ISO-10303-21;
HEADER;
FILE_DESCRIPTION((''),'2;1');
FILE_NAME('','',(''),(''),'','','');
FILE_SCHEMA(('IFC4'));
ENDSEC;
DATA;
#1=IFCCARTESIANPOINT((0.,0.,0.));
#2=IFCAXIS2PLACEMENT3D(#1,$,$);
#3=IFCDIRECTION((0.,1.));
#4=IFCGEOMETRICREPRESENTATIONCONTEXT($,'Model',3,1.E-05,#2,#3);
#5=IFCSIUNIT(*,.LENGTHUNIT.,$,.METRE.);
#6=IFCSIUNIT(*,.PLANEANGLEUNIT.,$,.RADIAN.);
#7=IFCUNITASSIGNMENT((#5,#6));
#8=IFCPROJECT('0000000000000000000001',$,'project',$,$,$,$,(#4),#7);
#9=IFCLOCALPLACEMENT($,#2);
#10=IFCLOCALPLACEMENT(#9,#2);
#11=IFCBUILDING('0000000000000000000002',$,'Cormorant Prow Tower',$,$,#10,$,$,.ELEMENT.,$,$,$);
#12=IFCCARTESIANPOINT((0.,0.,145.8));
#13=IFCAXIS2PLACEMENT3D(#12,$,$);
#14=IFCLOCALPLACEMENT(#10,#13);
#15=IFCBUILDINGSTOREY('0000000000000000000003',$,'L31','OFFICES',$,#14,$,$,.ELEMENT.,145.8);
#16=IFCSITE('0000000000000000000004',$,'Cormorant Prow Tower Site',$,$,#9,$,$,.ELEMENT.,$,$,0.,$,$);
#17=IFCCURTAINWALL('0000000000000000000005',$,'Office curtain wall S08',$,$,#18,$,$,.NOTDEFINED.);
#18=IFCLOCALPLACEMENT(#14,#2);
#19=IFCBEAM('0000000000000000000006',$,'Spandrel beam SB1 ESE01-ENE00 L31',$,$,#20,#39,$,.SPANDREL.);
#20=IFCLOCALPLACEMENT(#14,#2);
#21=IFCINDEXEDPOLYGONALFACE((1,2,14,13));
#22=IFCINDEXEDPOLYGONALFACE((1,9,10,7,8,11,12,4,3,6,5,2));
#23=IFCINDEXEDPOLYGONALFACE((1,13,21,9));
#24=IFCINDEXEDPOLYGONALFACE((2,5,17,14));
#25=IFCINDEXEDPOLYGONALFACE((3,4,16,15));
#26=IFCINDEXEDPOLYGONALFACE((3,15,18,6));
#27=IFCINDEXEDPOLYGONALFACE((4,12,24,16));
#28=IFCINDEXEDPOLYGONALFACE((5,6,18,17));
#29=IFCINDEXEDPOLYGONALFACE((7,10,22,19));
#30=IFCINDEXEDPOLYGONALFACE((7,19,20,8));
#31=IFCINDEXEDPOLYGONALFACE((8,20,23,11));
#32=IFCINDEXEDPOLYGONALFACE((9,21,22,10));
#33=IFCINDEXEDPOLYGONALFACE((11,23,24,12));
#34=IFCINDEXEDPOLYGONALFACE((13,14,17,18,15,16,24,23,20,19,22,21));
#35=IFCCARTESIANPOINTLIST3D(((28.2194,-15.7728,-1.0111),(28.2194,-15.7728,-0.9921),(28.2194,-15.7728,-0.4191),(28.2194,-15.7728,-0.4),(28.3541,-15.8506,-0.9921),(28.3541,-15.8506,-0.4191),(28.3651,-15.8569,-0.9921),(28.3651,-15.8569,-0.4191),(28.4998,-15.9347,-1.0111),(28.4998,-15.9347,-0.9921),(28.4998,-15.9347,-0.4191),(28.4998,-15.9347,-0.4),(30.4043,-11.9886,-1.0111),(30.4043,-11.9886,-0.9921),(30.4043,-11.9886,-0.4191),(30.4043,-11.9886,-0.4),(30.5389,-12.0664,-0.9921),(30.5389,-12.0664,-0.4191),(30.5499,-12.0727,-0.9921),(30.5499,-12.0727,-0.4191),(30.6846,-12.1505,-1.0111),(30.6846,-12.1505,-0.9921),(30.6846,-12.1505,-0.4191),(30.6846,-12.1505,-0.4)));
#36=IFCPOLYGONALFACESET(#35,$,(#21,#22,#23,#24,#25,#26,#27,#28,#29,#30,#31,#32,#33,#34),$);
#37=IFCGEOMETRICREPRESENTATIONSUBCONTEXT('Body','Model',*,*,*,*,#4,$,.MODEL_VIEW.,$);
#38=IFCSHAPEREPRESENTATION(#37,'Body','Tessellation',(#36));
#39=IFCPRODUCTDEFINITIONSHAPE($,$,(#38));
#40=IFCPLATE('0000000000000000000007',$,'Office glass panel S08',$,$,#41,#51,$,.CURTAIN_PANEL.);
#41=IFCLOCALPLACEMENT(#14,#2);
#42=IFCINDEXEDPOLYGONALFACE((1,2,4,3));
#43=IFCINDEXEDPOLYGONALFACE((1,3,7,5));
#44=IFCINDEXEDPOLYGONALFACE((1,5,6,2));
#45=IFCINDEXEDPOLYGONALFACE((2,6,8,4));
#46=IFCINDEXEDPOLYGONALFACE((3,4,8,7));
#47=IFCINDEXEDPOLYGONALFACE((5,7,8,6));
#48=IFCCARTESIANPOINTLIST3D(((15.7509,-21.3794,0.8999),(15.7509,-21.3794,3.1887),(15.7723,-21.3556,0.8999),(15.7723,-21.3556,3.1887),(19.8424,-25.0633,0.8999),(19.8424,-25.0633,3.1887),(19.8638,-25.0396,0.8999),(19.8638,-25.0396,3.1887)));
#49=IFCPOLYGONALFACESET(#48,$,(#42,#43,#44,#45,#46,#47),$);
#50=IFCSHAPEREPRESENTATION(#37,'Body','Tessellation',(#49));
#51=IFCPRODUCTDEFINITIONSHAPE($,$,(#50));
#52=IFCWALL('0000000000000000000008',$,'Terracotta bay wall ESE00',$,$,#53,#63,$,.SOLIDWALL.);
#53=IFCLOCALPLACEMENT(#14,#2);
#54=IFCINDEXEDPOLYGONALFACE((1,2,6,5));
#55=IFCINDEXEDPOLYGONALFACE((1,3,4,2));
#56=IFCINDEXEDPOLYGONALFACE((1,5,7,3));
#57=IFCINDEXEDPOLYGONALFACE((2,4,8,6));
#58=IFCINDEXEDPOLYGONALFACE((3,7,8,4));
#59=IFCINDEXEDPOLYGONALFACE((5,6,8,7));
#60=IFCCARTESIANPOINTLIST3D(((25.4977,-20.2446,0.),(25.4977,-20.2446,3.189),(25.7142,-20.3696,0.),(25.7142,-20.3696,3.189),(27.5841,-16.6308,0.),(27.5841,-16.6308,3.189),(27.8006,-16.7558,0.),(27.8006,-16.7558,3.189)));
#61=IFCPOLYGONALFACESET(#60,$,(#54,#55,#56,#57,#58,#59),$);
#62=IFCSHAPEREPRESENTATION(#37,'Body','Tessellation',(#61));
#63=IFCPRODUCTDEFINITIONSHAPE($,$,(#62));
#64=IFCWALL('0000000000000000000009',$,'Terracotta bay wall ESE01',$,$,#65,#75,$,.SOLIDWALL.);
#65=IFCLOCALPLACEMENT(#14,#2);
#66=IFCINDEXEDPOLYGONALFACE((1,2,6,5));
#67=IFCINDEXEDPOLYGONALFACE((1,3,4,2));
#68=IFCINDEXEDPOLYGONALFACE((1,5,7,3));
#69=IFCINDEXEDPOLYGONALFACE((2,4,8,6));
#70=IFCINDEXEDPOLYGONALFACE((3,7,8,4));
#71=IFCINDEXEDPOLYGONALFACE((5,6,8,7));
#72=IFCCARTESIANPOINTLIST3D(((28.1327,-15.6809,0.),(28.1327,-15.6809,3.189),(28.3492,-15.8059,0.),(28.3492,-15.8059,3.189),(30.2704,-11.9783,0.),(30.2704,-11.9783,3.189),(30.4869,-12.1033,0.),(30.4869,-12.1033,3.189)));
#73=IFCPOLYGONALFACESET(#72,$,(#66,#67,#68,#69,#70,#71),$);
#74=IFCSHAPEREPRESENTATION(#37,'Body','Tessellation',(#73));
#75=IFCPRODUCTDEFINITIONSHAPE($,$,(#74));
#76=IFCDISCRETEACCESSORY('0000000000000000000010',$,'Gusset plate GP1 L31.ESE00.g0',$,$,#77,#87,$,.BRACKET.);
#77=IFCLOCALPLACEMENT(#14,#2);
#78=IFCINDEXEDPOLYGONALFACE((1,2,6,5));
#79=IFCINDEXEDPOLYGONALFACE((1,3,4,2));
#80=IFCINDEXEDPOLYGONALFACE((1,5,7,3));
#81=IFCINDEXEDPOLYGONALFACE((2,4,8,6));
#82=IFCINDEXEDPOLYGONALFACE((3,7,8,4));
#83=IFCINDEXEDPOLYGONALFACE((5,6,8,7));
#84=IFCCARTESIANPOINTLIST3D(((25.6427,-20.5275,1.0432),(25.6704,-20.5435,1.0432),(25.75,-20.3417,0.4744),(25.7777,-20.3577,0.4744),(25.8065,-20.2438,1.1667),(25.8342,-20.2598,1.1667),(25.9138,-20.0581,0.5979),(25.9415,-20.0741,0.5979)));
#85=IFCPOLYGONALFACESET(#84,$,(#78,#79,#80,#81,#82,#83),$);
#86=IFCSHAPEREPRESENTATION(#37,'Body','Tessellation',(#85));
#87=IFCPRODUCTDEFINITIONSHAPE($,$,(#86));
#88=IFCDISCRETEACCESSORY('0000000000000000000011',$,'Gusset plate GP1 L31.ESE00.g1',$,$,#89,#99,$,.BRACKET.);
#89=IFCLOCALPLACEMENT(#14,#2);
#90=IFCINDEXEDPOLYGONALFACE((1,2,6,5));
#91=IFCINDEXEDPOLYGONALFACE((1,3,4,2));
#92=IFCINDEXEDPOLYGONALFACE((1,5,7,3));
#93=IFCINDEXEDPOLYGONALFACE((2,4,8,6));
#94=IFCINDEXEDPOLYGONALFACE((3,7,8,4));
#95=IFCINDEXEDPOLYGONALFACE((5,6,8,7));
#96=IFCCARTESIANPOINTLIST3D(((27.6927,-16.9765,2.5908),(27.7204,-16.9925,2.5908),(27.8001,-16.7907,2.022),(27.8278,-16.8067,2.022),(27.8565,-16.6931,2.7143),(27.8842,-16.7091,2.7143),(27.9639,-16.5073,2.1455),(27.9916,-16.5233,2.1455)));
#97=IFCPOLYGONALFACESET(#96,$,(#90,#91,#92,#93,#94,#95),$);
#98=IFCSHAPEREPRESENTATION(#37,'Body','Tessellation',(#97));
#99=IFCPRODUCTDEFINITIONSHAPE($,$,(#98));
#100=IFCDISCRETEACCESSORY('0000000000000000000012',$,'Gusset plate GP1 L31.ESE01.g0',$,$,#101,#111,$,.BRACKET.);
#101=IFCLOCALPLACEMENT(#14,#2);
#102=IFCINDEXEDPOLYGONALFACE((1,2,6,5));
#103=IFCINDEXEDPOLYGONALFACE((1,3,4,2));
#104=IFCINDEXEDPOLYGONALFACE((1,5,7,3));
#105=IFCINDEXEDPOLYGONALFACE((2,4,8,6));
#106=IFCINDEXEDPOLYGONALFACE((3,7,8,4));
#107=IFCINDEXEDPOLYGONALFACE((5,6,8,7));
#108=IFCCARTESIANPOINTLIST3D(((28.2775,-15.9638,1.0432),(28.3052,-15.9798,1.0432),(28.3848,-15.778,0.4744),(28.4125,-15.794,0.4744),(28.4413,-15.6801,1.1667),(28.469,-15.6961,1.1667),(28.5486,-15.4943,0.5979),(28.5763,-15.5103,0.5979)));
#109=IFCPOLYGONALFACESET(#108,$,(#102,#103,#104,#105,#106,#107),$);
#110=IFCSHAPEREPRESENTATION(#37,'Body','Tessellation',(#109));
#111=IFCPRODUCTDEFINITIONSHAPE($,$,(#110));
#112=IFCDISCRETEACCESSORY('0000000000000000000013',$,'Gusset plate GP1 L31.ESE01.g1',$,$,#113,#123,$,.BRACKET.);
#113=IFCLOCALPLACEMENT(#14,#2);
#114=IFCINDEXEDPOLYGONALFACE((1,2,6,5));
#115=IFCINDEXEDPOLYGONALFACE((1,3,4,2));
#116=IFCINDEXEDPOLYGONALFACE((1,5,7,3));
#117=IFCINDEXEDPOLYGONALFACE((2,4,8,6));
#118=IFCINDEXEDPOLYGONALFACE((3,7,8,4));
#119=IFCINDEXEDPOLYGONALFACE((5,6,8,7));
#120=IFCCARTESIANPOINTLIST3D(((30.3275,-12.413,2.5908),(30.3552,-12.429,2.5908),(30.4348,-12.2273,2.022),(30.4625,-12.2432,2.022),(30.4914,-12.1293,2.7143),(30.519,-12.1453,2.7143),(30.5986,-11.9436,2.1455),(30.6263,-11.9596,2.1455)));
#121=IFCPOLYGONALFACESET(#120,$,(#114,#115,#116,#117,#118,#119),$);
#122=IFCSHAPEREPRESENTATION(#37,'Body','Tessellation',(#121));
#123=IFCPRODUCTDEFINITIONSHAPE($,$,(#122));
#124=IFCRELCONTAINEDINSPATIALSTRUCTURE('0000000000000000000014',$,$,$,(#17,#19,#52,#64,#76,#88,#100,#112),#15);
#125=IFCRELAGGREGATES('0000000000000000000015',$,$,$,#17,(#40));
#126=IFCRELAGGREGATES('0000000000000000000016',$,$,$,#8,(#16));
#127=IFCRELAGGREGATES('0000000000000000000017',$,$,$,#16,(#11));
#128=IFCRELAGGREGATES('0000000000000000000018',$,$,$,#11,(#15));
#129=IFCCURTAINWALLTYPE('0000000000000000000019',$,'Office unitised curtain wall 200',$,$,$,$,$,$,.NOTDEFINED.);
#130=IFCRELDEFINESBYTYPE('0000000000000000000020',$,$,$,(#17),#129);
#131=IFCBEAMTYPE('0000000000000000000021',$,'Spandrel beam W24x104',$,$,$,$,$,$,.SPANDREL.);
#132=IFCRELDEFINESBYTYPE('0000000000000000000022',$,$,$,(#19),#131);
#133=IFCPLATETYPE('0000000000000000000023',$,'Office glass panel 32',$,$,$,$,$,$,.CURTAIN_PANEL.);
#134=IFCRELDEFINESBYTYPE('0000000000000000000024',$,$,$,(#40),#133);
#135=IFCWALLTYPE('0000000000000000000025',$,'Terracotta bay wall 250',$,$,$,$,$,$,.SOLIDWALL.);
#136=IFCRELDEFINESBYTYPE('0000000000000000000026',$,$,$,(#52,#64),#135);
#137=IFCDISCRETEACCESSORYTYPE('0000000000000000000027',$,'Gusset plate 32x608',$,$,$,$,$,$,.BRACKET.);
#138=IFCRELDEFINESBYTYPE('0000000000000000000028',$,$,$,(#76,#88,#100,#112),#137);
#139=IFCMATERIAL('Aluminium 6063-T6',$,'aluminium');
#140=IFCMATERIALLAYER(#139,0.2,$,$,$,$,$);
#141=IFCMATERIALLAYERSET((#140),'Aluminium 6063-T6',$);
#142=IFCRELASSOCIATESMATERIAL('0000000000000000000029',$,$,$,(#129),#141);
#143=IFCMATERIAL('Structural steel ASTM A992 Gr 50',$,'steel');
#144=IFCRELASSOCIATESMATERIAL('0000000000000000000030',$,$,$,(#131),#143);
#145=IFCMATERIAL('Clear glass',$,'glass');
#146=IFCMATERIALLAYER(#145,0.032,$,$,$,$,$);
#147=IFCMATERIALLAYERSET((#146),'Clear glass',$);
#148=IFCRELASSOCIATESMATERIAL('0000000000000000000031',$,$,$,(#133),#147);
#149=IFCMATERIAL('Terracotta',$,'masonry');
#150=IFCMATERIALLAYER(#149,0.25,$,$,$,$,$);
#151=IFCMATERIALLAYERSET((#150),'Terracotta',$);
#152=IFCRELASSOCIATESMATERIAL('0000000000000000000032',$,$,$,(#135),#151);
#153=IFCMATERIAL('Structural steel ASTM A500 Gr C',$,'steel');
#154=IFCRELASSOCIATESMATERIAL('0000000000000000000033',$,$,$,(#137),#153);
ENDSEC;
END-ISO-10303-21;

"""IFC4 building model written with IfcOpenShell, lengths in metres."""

from ifc_helpers import new_model, si_unit, direction, frame, frame_2d, origin, origin_2d, place, context, subcontext, project, spatial, rectangle, i_section, extrude, material, layer, layer_set, material_profile, profile_set, type_object, element, aggregate, save


model = new_model("IFC4")

# Units and contexts
model_context = context("Model", 3, precision=1e-05, world=origin(), true_north=direction((0.0, 1.0)))
body_context = subcontext(model_context, "Body", "Model", "MODEL_VIEW")
ifc_project = project(units=[si_unit("LENGTHUNIT", "METRE"), si_unit("PLANEANGLEUNIT", "RADIAN")], contexts=[model_context])

# Site, building, storey
site_placement = place(None, origin())
site = spatial("IfcSite", under=ifc_project, at=site_placement, Name="Cormorant Prow Tower Site", CompositionType="ELEMENT", RefElevation=0.0)
building_placement = place(site_placement, origin())
building = spatial("IfcBuilding", under=site, at=building_placement, Name="Cormorant Prow Tower", CompositionType="ELEMENT")
storey_placement = place(building_placement, frame((0.0, 0.0, 145.8)))
storey = spatial("IfcBuildingStorey", under=building, at=storey_placement, Name="L31", Description="OFFICES", CompositionType="ELEMENT", Elevation=145.8)

# Curtain wall
ifc_material_1 = material(Name="Aluminium 6063-T6", Category="aluminium")
ifc_layer_1 = layer(ifc_material_1, 0.2)
ifc_layer_set_1 = layer_set([ifc_layer_1], Name="Aluminium 6063-T6")
curtain_wall_type = type_object("IfcCurtainWallType", Name="Office unitised curtain wall 200", PredefinedType="NOTDEFINED", material=ifc_layer_set_1)
curtain_wall_placement = place(storey_placement, origin())
curtain_wall = element("IfcCurtainWall", 1, at=curtain_wall_placement, inside=storey, type_object=curtain_wall_type, Name="Office curtain wall S08", PredefinedType="NOTDEFINED")

# Beam
ifc_material_2 = material(Name="Structural steel ASTM A992 Gr 50", Category="steel")
ifc_material_profile_1 = material_profile(ifc_material_2, i_section(OverallWidth=0.3237, OverallDepth=0.6111, WebThickness=0.0127, FlangeThickness=0.019, at=origin_2d()), Name="W24x104")
ifc_profile_set_1 = profile_set([ifc_material_profile_1], Name="Structural steel ASTM A992 Gr 50")
beam_type = type_object("IfcBeamType", Name="Spandrel beam W24x104", PredefinedType="SPANDREL", material=ifc_profile_set_1)
for number, where, z_axis, x_axis, name in (
    (2, (28.3596, -15.8538, -0.7056), (0.500003, 0.866024, 0.0), (-0.866024, 0.500003, 0.0), "Spandrel beam SB1 ESE01-ENE00 L31"),
):
    element("IfcBeam", number, at=place(storey_placement, frame(where, z_axis=z_axis, x_axis=x_axis)), inside=storey, type_object=beam_type, Name=name, PredefinedType="SPANDREL", context=body_context, shape_type="SweptSolid", body=[
        extrude(i_section(OverallWidth=0.3237, OverallDepth=0.6111, WebThickness=0.0127, FlangeThickness=0.019, at=origin_2d()), origin(), (0.0, 0.0, 1.0), 4.3696),
    ])

# Plate
ifc_material_3 = material(Name="Clear glass", Category="glass")
ifc_layer_2 = layer(ifc_material_3, 0.032)
ifc_layer_set_2 = layer_set([ifc_layer_2], Name="Clear glass")
plate_type = type_object("IfcPlateType", Name="Office glass panel 32", PredefinedType="CURTAIN_PANEL", material=ifc_layer_set_2)
plate_placement = place(storey_placement, frame((17.8074, -23.2095, 0.8999), z_axis=(0.0, 0.0, 1.0), x_axis=(0.743145, -0.669131, 0.0)))
plate = element("IfcPlate", 3, at=plate_placement, type_object=plate_type, Name="Office glass panel S08", PredefinedType="CURTAIN_PANEL", context=body_context, shape_type="SweptSolid", body=[
    extrude(rectangle(XDim=5.5056, YDim=0.032, at=origin_2d()), origin(), (0.0, 0.0, 1.0), 2.2888),
])
aggregate(curtain_wall, [plate])

# Walls
ifc_material_4 = material(Name="Terracotta", Category="masonry")
ifc_layer_3 = layer(ifc_material_4, 0.25)
ifc_layer_set_3 = layer_set([ifc_layer_3], Name="Terracotta")
wall_type_1 = type_object("IfcWallType", Name="Terracotta bay wall 250", PredefinedType="SOLIDWALL", material=ifc_layer_set_3)
wall_1_placement = place(storey_placement, frame((25.606, -20.3071, 0.0), z_axis=(0.0, 0.0, 1.0), x_axis=(0.500003, 0.866024, 0.0)))
element("IfcWall", 4, at=wall_1_placement, inside=storey, type_object=wall_type_1, Name="Terracotta bay wall ESE00", PredefinedType="SOLIDWALL", context=body_context, shape_type="SweptSolid", body=[
    extrude(rectangle(XDim=4.1729, YDim=0.25, at=frame_2d((2.0864, 0.0))), origin(), (0.0, 0.0, 1.0), 3.189),
])
wall_2_placement = place(storey_placement, frame((28.241, -15.7434, 0.0), z_axis=(0.0, 0.0, 1.0), x_axis=(0.499996, 0.866028, 0.0)))
element("IfcWall", 5, at=wall_2_placement, inside=storey, type_object=wall_type_1, Name="Terracotta bay wall ESE01", PredefinedType="SOLIDWALL", context=body_context, shape_type="SweptSolid", body=[
    extrude(rectangle(XDim=4.2754, YDim=0.25, at=frame_2d((2.1377, 0.0))), origin(), (0.0, 0.0, 1.0), 3.189),
])

# Discrete accessories
ifc_material_5 = material(Name="Structural steel ASTM A500 Gr C", Category="steel")
ifc_material_profile_2 = material_profile(ifc_material_5, rectangle(XDim=0.032, YDim=0.6079, at=origin_2d()), Name="Gusset plate 32x608")
ifc_profile_set_2 = profile_set([ifc_material_profile_2], Name="Structural steel ASTM A500 Gr C")
discrete_accessory_type = type_object("IfcDiscreteAccessoryType", Name="Gusset plate 32x608", PredefinedType="BRACKET", material=ifc_profile_set_2)
discrete_accessory_1_placement = place(storey_placement, frame((25.874, -20.1589, 0.8823), z_axis=(-0.467903, -0.810288, -0.352845), x_axis=(0.865987, -0.500067, 0.0)))
element("IfcDiscreteAccessory", 6, at=discrete_accessory_1_placement, inside=storey, type_object=discrete_accessory_type, Name="Gusset plate GP1 L31.ESE00.g0", PredefinedType="BRACKET", context=body_context, shape_type="SweptSolid", body=[
    extrude(rectangle(XDim=0.032, YDim=0.6079, at=origin_2d()), origin(), (0.0, 0.0, 1.0), 0.3501),
])
discrete_accessory_2_placement = place(storey_placement, frame((27.7603, -16.8916, 2.3064), z_axis=(0.468168, 0.810049, 0.353044), x_axis=(-0.8658, 0.500389, 0.0)))
element("IfcDiscreteAccessory", 7, at=discrete_accessory_2_placement, inside=storey, type_object=discrete_accessory_type, Name="Gusset plate GP1 L31.ESE00.g1", PredefinedType="BRACKET", context=body_context, shape_type="SweptSolid", body=[
    extrude(rectangle(XDim=0.032, YDim=0.6079, at=origin_2d()), origin(), (0.0, 0.0, 1.0), 0.3499),
])
for number, where, z_axis, x_axis, name in (
    (8, (28.5088, -15.5952, 0.8823), (-0.467903, -0.810288, -0.352845), (0.865987, -0.500067, 0.0), "Gusset plate GP1 L31.ESE01.g0"),
    (9, (30.395, -12.3281, 2.3064), (0.467903, 0.810288, 0.352845), (-0.865987, 0.500067, 0.0), "Gusset plate GP1 L31.ESE01.g1"),
):
    element("IfcDiscreteAccessory", number, at=place(storey_placement, frame(where, z_axis=z_axis, x_axis=x_axis)), inside=storey, type_object=discrete_accessory_type, Name=name, PredefinedType="BRACKET", context=body_context, shape_type="SweptSolid", body=[
        extrude(rectangle(XDim=0.032, YDim=0.6079, at=origin_2d()), origin(), (0.0, 0.0, 1.0), 0.3501),
    ])

save(model, "model.ifc")
